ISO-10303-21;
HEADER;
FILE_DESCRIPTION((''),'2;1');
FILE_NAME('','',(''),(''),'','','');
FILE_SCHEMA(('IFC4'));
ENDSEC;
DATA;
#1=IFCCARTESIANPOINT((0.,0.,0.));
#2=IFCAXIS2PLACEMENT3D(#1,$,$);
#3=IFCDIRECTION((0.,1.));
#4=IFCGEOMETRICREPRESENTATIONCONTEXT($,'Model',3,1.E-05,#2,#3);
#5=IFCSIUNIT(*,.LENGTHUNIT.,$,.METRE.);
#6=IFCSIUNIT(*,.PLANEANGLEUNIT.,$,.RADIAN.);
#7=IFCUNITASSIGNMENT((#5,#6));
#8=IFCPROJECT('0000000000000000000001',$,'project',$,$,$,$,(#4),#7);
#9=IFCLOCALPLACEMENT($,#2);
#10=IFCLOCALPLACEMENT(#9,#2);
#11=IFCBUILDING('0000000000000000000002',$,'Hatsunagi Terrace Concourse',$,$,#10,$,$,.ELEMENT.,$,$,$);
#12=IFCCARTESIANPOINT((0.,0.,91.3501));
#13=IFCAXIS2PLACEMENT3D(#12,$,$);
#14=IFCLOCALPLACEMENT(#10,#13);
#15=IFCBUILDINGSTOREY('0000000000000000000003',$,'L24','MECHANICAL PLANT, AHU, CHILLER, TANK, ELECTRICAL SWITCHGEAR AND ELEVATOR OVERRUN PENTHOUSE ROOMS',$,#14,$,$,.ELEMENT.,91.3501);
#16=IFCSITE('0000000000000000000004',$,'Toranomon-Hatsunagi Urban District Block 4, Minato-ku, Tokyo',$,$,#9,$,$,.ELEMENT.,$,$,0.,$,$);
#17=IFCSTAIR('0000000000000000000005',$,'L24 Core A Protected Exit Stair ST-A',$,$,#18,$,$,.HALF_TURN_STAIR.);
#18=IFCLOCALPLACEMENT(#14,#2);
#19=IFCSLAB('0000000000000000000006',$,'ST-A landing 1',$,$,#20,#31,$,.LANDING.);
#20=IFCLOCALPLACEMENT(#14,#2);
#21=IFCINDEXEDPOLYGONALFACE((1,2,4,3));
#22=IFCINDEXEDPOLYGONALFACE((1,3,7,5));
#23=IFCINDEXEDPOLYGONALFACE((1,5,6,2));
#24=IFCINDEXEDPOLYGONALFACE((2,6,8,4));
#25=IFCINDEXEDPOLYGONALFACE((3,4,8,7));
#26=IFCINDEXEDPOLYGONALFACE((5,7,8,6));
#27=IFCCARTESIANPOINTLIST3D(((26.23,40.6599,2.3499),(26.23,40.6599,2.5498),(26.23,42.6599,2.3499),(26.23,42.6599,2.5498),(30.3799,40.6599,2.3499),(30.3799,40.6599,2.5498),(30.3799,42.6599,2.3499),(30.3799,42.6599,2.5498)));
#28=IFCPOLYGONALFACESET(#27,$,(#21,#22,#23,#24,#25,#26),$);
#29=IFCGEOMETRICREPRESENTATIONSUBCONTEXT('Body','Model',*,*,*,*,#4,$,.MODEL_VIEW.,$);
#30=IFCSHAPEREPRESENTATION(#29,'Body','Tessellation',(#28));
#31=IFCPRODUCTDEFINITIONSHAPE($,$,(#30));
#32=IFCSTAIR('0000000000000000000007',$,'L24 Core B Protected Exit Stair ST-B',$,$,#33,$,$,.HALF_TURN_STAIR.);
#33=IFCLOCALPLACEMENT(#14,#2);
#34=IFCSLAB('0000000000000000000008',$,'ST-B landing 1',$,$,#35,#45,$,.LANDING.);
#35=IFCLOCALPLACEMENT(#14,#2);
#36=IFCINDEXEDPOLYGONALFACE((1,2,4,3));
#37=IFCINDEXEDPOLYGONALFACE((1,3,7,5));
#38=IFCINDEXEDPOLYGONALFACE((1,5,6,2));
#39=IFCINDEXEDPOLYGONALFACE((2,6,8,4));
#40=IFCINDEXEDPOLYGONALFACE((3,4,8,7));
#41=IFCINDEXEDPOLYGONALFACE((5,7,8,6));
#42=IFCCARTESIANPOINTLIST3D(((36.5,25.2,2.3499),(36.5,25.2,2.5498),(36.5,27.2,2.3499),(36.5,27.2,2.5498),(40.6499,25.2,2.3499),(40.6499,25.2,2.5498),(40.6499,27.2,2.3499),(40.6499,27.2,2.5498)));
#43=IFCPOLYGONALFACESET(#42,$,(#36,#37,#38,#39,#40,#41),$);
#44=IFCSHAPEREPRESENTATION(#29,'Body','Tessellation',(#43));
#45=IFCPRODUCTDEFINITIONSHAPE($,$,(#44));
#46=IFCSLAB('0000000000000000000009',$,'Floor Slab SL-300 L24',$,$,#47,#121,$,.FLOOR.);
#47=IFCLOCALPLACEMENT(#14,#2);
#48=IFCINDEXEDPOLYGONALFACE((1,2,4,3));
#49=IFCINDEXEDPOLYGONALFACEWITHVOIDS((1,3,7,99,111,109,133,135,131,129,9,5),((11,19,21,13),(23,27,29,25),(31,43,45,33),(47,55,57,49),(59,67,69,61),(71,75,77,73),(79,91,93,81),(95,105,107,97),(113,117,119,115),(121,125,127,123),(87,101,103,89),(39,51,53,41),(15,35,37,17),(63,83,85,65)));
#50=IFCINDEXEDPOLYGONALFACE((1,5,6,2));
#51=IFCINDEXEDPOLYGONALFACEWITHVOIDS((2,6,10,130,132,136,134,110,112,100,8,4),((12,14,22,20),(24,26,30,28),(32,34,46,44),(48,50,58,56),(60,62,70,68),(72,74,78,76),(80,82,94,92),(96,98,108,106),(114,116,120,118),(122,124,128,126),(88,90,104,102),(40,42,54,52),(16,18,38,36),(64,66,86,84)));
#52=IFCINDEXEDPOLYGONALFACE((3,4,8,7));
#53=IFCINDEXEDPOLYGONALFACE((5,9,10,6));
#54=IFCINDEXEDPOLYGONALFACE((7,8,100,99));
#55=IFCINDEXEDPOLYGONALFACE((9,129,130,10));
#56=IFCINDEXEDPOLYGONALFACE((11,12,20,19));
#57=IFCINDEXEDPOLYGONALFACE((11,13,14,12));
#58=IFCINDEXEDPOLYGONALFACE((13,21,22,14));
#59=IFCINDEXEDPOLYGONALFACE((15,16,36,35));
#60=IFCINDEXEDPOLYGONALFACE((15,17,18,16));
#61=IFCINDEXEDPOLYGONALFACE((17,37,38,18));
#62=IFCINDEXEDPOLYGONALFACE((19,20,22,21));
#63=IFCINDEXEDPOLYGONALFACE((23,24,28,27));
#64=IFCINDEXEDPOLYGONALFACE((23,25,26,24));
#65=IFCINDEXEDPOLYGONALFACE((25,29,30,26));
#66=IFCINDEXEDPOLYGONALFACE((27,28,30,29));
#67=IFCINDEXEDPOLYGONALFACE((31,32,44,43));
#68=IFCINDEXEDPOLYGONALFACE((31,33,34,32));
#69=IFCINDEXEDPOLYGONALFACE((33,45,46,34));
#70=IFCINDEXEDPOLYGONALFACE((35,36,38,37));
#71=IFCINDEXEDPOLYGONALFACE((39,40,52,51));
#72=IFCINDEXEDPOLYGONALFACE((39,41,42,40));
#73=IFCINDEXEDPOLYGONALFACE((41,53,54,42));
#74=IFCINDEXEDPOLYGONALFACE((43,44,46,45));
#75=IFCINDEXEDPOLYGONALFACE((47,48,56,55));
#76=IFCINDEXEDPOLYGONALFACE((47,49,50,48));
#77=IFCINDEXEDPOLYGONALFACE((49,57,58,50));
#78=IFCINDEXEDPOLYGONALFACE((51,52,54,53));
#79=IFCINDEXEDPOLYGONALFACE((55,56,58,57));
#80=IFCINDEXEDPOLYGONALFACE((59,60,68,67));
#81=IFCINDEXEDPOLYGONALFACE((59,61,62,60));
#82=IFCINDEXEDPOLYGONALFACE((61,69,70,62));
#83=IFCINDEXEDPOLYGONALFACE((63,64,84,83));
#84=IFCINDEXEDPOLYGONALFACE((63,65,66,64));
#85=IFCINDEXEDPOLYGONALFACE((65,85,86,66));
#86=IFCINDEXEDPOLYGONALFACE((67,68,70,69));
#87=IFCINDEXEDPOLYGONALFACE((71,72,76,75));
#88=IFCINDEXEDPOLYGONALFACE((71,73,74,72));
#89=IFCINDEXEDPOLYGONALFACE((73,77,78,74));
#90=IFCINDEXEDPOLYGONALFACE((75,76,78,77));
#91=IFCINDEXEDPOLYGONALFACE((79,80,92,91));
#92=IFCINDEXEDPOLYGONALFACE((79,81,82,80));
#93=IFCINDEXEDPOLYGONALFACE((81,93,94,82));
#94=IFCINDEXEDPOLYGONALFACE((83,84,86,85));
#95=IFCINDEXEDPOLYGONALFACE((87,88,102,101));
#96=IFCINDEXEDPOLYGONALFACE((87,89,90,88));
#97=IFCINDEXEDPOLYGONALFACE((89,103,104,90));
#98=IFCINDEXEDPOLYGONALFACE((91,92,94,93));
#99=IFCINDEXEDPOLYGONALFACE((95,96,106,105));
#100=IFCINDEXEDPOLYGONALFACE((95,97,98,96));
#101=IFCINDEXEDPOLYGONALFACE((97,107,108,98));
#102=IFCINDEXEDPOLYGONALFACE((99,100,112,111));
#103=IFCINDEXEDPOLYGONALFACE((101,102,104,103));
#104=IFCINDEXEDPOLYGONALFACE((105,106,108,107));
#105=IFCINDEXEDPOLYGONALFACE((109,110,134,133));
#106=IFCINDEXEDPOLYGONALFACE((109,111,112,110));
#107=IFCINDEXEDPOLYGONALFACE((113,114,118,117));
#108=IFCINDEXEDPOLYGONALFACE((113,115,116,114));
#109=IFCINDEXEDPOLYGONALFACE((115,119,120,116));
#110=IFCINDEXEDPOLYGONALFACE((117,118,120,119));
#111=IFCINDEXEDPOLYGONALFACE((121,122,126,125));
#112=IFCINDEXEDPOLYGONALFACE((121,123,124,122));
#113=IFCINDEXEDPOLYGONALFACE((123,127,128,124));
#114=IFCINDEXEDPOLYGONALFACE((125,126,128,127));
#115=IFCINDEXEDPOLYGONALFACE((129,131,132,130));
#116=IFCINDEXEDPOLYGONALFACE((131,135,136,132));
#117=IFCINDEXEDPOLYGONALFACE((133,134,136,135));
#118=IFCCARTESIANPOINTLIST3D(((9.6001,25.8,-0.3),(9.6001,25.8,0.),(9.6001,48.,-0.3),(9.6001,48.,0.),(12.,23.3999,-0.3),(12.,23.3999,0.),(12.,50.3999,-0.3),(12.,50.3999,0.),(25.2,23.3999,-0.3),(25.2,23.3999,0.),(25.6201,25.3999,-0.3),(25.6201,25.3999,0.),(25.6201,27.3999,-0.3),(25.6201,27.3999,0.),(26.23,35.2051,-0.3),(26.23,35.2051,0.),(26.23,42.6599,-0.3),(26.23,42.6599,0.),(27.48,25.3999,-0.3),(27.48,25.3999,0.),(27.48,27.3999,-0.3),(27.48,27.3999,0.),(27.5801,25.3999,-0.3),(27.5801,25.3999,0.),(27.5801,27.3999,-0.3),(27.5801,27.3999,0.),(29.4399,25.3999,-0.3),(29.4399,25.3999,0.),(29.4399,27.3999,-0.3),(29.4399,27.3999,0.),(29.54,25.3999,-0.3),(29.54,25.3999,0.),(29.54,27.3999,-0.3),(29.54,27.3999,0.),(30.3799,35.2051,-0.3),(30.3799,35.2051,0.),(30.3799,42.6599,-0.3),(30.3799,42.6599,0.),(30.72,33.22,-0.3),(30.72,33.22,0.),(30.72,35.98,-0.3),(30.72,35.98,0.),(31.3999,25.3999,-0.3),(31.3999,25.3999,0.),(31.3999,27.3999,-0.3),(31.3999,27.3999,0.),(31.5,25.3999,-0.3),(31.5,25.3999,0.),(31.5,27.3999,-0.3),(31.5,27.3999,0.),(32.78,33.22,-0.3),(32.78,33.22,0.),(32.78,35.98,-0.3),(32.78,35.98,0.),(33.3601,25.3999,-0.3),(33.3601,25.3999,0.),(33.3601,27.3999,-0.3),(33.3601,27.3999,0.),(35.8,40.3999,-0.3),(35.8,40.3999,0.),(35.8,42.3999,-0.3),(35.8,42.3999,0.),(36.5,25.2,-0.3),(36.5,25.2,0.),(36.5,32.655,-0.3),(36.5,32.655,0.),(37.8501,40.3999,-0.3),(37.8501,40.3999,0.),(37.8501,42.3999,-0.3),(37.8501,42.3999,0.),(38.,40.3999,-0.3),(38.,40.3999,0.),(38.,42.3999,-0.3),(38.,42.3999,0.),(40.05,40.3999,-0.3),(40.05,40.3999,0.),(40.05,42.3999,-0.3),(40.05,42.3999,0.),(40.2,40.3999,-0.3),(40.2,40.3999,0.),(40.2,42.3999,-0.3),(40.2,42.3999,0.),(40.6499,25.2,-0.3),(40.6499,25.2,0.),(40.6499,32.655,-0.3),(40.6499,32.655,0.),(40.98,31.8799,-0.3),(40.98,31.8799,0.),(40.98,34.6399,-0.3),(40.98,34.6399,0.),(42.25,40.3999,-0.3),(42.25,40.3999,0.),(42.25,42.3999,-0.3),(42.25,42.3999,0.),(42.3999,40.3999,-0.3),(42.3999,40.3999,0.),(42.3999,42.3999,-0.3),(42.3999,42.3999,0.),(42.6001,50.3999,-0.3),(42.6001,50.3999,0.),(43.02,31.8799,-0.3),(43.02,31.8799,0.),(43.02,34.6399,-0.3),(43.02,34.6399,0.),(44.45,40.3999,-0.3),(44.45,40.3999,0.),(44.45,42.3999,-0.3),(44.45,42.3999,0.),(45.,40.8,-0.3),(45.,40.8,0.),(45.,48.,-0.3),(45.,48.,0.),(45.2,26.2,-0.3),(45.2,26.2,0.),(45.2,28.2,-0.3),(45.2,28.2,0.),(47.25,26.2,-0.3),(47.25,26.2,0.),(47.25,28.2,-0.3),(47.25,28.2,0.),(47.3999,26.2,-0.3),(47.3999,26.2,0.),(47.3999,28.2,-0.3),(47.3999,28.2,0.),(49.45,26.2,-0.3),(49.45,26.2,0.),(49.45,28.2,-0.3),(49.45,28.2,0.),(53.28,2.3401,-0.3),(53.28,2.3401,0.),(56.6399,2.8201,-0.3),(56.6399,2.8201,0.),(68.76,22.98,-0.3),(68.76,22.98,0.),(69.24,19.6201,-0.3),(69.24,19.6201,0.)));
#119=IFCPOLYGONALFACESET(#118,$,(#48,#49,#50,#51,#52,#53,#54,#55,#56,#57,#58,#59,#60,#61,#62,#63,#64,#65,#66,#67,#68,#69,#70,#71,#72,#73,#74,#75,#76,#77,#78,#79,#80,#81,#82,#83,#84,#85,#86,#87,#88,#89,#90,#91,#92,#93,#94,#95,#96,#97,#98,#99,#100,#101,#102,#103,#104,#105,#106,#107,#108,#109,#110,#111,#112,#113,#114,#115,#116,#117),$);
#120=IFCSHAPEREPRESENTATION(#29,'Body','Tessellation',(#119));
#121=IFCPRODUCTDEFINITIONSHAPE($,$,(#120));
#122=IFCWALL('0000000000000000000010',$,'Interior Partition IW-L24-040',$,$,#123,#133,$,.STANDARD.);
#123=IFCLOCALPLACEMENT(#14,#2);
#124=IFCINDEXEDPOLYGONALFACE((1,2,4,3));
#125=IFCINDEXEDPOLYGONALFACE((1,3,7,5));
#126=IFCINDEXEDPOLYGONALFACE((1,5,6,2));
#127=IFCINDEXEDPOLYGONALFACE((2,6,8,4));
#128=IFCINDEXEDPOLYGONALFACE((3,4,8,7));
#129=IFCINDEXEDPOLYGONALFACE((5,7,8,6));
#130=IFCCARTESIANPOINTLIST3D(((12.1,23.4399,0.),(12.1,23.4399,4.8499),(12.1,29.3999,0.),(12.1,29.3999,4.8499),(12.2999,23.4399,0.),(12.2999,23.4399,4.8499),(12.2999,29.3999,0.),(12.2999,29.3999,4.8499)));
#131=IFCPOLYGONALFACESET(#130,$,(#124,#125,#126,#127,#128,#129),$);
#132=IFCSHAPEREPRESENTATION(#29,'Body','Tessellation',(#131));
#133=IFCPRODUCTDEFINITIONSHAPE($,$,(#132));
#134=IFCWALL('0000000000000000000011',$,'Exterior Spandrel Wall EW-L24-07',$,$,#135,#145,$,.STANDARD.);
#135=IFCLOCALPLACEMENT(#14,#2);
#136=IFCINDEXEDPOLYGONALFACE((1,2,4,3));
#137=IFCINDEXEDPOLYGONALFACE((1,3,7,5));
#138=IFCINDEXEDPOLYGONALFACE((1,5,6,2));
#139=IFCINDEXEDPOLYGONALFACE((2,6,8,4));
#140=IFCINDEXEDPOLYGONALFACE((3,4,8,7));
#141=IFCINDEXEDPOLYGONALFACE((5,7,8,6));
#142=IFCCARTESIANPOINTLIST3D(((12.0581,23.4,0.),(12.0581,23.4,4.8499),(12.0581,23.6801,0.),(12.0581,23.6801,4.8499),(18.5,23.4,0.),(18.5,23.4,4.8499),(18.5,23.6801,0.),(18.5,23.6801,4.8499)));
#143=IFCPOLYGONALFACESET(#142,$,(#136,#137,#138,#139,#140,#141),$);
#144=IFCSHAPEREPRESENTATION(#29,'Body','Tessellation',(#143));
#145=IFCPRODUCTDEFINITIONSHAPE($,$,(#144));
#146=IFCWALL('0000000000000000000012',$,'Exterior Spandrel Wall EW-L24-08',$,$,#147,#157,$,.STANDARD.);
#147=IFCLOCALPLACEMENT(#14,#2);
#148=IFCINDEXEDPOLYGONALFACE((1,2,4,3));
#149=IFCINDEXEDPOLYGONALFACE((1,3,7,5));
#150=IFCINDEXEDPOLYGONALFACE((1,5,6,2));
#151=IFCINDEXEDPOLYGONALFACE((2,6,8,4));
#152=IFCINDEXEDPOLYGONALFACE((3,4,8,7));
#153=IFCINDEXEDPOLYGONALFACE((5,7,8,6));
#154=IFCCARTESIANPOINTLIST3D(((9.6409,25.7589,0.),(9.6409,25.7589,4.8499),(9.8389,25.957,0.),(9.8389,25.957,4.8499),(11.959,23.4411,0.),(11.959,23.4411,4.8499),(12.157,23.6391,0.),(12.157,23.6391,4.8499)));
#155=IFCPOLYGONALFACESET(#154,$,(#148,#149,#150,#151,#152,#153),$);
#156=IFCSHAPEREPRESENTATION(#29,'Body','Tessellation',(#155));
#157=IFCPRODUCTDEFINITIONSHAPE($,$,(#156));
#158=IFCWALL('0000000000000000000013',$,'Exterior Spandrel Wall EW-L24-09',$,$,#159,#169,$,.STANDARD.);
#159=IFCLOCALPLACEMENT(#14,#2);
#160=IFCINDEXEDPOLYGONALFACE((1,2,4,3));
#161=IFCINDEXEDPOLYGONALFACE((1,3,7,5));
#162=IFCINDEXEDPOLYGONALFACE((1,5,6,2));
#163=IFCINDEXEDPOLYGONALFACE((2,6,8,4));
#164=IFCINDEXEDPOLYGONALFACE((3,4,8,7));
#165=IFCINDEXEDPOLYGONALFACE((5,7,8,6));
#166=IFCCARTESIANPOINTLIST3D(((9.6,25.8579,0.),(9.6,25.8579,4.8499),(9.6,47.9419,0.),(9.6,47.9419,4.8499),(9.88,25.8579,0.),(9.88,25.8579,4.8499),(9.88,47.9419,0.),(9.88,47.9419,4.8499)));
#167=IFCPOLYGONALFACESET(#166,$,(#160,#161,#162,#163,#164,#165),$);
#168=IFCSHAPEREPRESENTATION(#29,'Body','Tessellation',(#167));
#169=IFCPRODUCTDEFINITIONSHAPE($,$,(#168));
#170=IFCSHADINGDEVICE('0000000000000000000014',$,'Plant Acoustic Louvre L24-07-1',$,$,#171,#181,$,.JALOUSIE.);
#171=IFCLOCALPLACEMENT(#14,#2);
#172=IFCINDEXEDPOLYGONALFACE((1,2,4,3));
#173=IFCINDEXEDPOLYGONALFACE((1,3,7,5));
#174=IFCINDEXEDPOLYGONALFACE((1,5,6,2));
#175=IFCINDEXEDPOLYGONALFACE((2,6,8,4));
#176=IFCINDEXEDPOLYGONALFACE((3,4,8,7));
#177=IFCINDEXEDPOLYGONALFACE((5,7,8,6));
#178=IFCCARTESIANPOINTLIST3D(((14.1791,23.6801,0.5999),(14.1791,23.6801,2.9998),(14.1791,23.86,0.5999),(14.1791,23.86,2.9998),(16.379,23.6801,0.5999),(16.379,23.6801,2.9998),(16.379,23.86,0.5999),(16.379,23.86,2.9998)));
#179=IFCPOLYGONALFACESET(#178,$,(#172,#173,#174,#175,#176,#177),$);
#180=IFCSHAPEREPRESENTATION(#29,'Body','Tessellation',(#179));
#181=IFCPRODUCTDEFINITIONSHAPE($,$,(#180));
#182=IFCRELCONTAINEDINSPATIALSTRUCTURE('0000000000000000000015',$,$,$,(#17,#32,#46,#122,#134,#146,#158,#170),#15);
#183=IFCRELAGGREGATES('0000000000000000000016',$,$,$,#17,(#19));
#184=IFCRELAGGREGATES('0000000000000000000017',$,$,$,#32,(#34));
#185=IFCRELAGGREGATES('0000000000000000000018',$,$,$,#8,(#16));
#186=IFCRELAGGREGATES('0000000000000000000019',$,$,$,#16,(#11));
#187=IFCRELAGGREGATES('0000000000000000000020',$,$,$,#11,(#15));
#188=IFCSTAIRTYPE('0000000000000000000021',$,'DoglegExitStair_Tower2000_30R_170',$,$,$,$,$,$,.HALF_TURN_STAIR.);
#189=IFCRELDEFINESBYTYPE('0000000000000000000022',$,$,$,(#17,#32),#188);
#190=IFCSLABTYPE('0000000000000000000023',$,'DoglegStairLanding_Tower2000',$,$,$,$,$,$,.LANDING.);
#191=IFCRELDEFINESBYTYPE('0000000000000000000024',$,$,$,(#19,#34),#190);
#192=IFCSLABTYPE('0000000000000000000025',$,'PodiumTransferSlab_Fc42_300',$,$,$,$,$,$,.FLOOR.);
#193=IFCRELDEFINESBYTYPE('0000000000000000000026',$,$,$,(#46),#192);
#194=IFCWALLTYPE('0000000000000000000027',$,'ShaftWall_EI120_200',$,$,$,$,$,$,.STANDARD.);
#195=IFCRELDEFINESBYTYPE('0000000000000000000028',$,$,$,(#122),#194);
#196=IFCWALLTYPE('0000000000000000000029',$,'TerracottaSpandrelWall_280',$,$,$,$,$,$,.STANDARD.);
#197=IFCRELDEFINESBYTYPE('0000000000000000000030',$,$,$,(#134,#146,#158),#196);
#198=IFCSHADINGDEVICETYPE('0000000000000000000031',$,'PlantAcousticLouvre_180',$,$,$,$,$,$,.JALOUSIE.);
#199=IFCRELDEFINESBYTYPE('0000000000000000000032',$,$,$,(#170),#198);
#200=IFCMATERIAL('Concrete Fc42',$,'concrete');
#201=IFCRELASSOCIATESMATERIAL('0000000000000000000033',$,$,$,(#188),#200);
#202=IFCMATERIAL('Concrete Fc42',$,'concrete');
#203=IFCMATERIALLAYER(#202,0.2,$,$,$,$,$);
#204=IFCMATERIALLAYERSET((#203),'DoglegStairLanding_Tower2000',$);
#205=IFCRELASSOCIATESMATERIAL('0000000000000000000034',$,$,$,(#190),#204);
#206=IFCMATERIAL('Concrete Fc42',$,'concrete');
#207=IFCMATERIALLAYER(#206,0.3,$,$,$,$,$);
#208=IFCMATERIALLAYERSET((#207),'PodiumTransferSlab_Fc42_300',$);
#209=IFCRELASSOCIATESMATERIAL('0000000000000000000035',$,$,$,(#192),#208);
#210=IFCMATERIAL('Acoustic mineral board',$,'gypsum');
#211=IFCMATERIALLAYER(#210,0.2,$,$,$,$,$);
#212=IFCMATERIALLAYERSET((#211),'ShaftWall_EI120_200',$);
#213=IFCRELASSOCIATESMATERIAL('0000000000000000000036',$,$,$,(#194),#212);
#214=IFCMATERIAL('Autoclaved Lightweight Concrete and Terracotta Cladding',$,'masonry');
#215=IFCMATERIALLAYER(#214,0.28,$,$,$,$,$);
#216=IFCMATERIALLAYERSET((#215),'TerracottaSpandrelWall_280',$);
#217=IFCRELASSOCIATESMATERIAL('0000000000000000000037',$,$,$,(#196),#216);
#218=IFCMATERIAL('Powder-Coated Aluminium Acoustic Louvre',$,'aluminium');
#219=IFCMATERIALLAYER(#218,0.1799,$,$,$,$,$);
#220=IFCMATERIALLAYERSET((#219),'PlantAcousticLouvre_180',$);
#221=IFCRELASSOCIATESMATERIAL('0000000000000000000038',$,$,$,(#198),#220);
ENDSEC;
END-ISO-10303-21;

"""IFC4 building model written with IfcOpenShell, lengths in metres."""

from ifc_helpers import new_model, si_unit, direction, frame, frame_2d, origin, origin_2d, place, context, subcontext, project, spatial, polyline, rectangle, outline, extrude, material, layer, layer_set, type_object, element, aggregate, save


model = new_model("IFC4")

# Units and contexts
model_context = context("Model", 3, precision=1e-05, world=origin(), true_north=direction((0.0, 1.0)))
body_context = subcontext(model_context, "Body", "Model", "MODEL_VIEW")
ifc_project = project(units=[si_unit("LENGTHUNIT", "METRE"), si_unit("PLANEANGLEUNIT", "RADIAN")], contexts=[model_context])

# Site, building, storey
site_placement = place(None, origin())
site = spatial("IfcSite", under=ifc_project, at=site_placement, Name="Toranomon-Hatsunagi Urban District Block 4, Minato-ku, Tokyo", CompositionType="ELEMENT", RefElevation=0.0)
building_placement = place(site_placement, origin())
building = spatial("IfcBuilding", under=site, at=building_placement, Name="Hatsunagi Terrace Concourse", CompositionType="ELEMENT")
storey_placement = place(building_placement, frame((0.0, 0.0, 91.3501)))
storey = spatial("IfcBuildingStorey", under=building, at=storey_placement, Name="L24", Description="MECHANICAL PLANT, AHU, CHILLER, TANK, ELECTRICAL SWITCHGEAR AND ELEVATOR OVERRUN PENTHOUSE ROOMS", CompositionType="ELEMENT", Elevation=91.3501)

# Stairs, slabs
ifc_material_1 = material(Name="Concrete Fc42", Category="concrete")
stair_type = type_object("IfcStairType", Name="DoglegExitStair_Tower2000_30R_170", PredefinedType="HALF_TURN_STAIR", material=ifc_material_1)
stair_1_placement = place(storey_placement, origin())
stair_1 = element("IfcStair", 1, at=stair_1_placement, inside=storey, type_object=stair_type, Name="L24 Core A Protected Exit Stair ST-A", PredefinedType="HALF_TURN_STAIR")
ifc_material_2 = material(Name="Concrete Fc42", Category="concrete")
ifc_layer_1 = layer(ifc_material_2, 0.2)
ifc_layer_set_1 = layer_set([ifc_layer_1], Name="DoglegStairLanding_Tower2000")
slab_type_1 = type_object("IfcSlabType", Name="DoglegStairLanding_Tower2000", PredefinedType="LANDING", material=ifc_layer_set_1)
slab_1_placement = place(storey_placement, frame((0.0, 0.0, 2.3499)))
slab_1 = element("IfcSlab", 2, at=slab_1_placement, type_object=slab_type_1, Name="ST-A landing 1", PredefinedType="LANDING", context=body_context, shape_type="SweptSolid", body=[
    extrude(outline(polyline([(30.3799, 40.6599), (30.3799, 42.6599), (26.23, 42.6599), (26.23, 40.6599), (30.3799, 40.6599)])), origin(), (0.0, 0.0, 1.0), 0.2),
])
aggregate(stair_1, [slab_1])
stair_2_placement = place(storey_placement, origin())
stair_2 = element("IfcStair", 3, at=stair_2_placement, inside=storey, type_object=stair_type, Name="L24 Core B Protected Exit Stair ST-B", PredefinedType="HALF_TURN_STAIR")
slab_2_placement = place(storey_placement, frame((0.0, 0.0, 2.3499)))
slab_2 = element("IfcSlab", 4, at=slab_2_placement, type_object=slab_type_1, Name="ST-B landing 1", PredefinedType="LANDING", context=body_context, shape_type="SweptSolid", body=[
    extrude(outline(polyline([(36.5, 27.2), (36.5, 25.2), (40.6499, 25.2), (40.6499, 27.2), (36.5, 27.2)])), origin(), (0.0, 0.0, 1.0), 0.2),
])
aggregate(stair_2, [slab_2])

# Slab
ifc_material_3 = material(Name="Concrete Fc42", Category="concrete")
ifc_layer_2 = layer(ifc_material_3, 0.3)
ifc_layer_set_2 = layer_set([ifc_layer_2], Name="PodiumTransferSlab_Fc42_300")
slab_type_2 = type_object("IfcSlabType", Name="PodiumTransferSlab_Fc42_300", PredefinedType="FLOOR", material=ifc_layer_set_2)
slab_3_placement = place(storey_placement, frame((0.0, 0.0, -0.3)))
element("IfcSlab", 5, at=slab_3_placement, inside=storey, type_object=slab_type_2, Name="Floor Slab SL-300 L24", PredefinedType="FLOOR", context=body_context, shape_type="SweptSolid", body=[
    extrude(outline(polyline([(45.0, 40.8), (45.0, 48.0), (42.6001, 50.3999), (12.0, 50.3999), (9.6001, 48.0), (9.6001, 25.8), (12.0, 23.3999), (25.2, 23.3999), (53.28, 2.3401), (56.6399, 2.8201), (69.24, 19.6201), (68.76, 22.98), (45.0, 40.8)]), holes=[polyline([(26.23, 35.2051), (30.3799, 35.2051), (30.3799, 42.6599), (26.23, 42.6599), (26.23, 35.2051)]), polyline([(36.5, 25.2), (40.6499, 25.2), (40.6499, 32.655), (36.5, 32.655), (36.5, 25.2)]), polyline([(30.72, 33.22), (32.78, 33.22), (32.78, 35.98), (30.72, 35.98), (30.72, 33.22)]), polyline([(40.98, 31.8799), (43.02, 31.8799), (43.02, 34.6399), (40.98, 34.6399), (40.98, 31.8799)]), polyline([(25.6201, 25.3999), (27.48, 25.3999), (27.48, 27.3999), (25.6201, 27.3999), (25.6201, 25.3999)]), polyline([(27.5801, 25.3999), (29.4399, 25.3999), (29.4399, 27.3999), (27.5801, 27.3999), (27.5801, 25.3999)]), polyline([(29.54, 25.3999), (31.3999, 25.3999), (31.3999, 27.3999), (29.54, 27.3999), (29.54, 25.3999)]), polyline([(31.5, 25.3999), (33.3601, 25.3999), (33.3601, 27.3999), (31.5, 27.3999), (31.5, 25.3999)]), polyline([(35.8, 40.3999), (37.8501, 40.3999), (37.8501, 42.3999), (35.8, 42.3999), (35.8, 40.3999)]), polyline([(38.0, 40.3999), (40.05, 40.3999), (40.05, 42.3999), (38.0, 42.3999), (38.0, 40.3999)]), polyline([(40.2, 40.3999), (42.25, 40.3999), (42.25, 42.3999), (40.2, 42.3999), (40.2, 40.3999)]), polyline([(42.3999, 40.3999), (44.45, 40.3999), (44.45, 42.3999), (42.3999, 42.3999), (42.3999, 40.3999)]), polyline([(45.2, 26.2), (47.25, 26.2), (47.25, 28.2), (45.2, 28.2), (45.2, 26.2)]), polyline([(47.3999, 26.2), (49.45, 26.2), (49.45, 28.2), (47.3999, 28.2), (47.3999, 26.2)])]), origin(), (0.0, 0.0, 1.0), 0.3),
])

# Walls
ifc_material_4 = material(Name="Acoustic mineral board", Category="gypsum")
ifc_layer_3 = layer(ifc_material_4, 0.2)
ifc_layer_set_3 = layer_set([ifc_layer_3], Name="ShaftWall_EI120_200")
wall_type_1 = type_object("IfcWallType", Name="ShaftWall_EI120_200", PredefinedType="STANDARD", material=ifc_layer_set_3)
wall_1_placement = place(storey_placement, frame((12.2, 23.4399, 0.0), z_axis=(0.0, 0.0, 1.0), x_axis=(0.0, 1.0, 0.0)))
element("IfcWall", 6, at=wall_1_placement, inside=storey, type_object=wall_type_1, Name="Interior Partition IW-L24-040", PredefinedType="STANDARD", context=body_context, shape_type="SweptSolid", body=[
    extrude(rectangle(XDim=5.96, YDim=0.2, at=frame_2d((2.98, 0.0))), origin(), (0.0, 0.0, 1.0), 4.8499),
])
ifc_material_5 = material(Name="Autoclaved Lightweight Concrete and Terracotta Cladding", Category="masonry")
ifc_layer_4 = layer(ifc_material_5, 0.28)
ifc_layer_set_4 = layer_set([ifc_layer_4], Name="TerracottaSpandrelWall_280")
wall_type_2 = type_object("IfcWallType", Name="TerracottaSpandrelWall_280", PredefinedType="STANDARD", material=ifc_layer_set_4)
wall_2_placement = place(storey_placement, frame((18.5, 23.54, 0.0), z_axis=(0.0, 0.0, 1.0), x_axis=(-1.0, 0.0, 0.0)))
element("IfcWall", 7, at=wall_2_placement, inside=storey, type_object=wall_type_2, Name="Exterior Spandrel Wall EW-L24-07", PredefinedType="STANDARD", context=body_context, shape_type="SweptSolid", body=[
    extrude(rectangle(XDim=6.4419, YDim=0.28, at=frame_2d((3.2209, 0.0))), origin(), (0.0, 0.0, 1.0), 4.8499),
])
wall_3_placement = place(storey_placement, frame((12.0581, 23.54, 0.0), z_axis=(0.0, 0.0, 1.0), x_axis=(-0.707144, 0.70707, 0.0)))
element("IfcWall", 8, at=wall_3_placement, inside=storey, type_object=wall_type_2, Name="Exterior Spandrel Wall EW-L24-08", PredefinedType="STANDARD", context=body_context, shape_type="SweptSolid", body=[
    extrude(rectangle(XDim=3.2781, YDim=0.28, at=frame_2d((1.6392, 0.0))), origin(), (0.0, 0.0, 1.0), 4.8499),
])
wall_4_placement = place(storey_placement, frame((9.74, 25.8579, 0.0), z_axis=(0.0, 0.0, 1.0), x_axis=(0.0, 1.0, 0.0)))
element("IfcWall", 9, at=wall_4_placement, inside=storey, type_object=wall_type_2, Name="Exterior Spandrel Wall EW-L24-09", PredefinedType="STANDARD", context=body_context, shape_type="SweptSolid", body=[
    extrude(rectangle(XDim=22.084, YDim=0.28, at=frame_2d((11.042, 0.0))), origin(), (0.0, 0.0, 1.0), 4.8499),
])

# Shading device
ifc_material_6 = material(Name="Powder-Coated Aluminium Acoustic Louvre", Category="aluminium")
ifc_layer_5 = layer(ifc_material_6, 0.1799)
ifc_layer_set_5 = layer_set([ifc_layer_5], Name="PlantAcousticLouvre_180")
shading_device_type = type_object("IfcShadingDeviceType", Name="PlantAcousticLouvre_180", PredefinedType="JALOUSIE", material=ifc_layer_set_5)
for number, where, z_axis, x_axis, name in (
    (10, (15.2791, 23.77, 0.5999), (0.0, 0.0, 1.0), (-1.0, 0.0, 0.0), "Plant Acoustic Louvre L24-07-1"),
):
    element("IfcShadingDevice", number, at=place(storey_placement, frame(where, z_axis=z_axis, x_axis=x_axis)), inside=storey, type_object=shading_device_type, Name=name, PredefinedType="JALOUSIE", context=body_context, shape_type="SweptSolid", body=[
        extrude(rectangle(XDim=2.2, YDim=0.1799, at=origin_2d()), origin(), (0.0, 0.0, 1.0), 2.3999),
    ])

save(model, "model.ifc")
